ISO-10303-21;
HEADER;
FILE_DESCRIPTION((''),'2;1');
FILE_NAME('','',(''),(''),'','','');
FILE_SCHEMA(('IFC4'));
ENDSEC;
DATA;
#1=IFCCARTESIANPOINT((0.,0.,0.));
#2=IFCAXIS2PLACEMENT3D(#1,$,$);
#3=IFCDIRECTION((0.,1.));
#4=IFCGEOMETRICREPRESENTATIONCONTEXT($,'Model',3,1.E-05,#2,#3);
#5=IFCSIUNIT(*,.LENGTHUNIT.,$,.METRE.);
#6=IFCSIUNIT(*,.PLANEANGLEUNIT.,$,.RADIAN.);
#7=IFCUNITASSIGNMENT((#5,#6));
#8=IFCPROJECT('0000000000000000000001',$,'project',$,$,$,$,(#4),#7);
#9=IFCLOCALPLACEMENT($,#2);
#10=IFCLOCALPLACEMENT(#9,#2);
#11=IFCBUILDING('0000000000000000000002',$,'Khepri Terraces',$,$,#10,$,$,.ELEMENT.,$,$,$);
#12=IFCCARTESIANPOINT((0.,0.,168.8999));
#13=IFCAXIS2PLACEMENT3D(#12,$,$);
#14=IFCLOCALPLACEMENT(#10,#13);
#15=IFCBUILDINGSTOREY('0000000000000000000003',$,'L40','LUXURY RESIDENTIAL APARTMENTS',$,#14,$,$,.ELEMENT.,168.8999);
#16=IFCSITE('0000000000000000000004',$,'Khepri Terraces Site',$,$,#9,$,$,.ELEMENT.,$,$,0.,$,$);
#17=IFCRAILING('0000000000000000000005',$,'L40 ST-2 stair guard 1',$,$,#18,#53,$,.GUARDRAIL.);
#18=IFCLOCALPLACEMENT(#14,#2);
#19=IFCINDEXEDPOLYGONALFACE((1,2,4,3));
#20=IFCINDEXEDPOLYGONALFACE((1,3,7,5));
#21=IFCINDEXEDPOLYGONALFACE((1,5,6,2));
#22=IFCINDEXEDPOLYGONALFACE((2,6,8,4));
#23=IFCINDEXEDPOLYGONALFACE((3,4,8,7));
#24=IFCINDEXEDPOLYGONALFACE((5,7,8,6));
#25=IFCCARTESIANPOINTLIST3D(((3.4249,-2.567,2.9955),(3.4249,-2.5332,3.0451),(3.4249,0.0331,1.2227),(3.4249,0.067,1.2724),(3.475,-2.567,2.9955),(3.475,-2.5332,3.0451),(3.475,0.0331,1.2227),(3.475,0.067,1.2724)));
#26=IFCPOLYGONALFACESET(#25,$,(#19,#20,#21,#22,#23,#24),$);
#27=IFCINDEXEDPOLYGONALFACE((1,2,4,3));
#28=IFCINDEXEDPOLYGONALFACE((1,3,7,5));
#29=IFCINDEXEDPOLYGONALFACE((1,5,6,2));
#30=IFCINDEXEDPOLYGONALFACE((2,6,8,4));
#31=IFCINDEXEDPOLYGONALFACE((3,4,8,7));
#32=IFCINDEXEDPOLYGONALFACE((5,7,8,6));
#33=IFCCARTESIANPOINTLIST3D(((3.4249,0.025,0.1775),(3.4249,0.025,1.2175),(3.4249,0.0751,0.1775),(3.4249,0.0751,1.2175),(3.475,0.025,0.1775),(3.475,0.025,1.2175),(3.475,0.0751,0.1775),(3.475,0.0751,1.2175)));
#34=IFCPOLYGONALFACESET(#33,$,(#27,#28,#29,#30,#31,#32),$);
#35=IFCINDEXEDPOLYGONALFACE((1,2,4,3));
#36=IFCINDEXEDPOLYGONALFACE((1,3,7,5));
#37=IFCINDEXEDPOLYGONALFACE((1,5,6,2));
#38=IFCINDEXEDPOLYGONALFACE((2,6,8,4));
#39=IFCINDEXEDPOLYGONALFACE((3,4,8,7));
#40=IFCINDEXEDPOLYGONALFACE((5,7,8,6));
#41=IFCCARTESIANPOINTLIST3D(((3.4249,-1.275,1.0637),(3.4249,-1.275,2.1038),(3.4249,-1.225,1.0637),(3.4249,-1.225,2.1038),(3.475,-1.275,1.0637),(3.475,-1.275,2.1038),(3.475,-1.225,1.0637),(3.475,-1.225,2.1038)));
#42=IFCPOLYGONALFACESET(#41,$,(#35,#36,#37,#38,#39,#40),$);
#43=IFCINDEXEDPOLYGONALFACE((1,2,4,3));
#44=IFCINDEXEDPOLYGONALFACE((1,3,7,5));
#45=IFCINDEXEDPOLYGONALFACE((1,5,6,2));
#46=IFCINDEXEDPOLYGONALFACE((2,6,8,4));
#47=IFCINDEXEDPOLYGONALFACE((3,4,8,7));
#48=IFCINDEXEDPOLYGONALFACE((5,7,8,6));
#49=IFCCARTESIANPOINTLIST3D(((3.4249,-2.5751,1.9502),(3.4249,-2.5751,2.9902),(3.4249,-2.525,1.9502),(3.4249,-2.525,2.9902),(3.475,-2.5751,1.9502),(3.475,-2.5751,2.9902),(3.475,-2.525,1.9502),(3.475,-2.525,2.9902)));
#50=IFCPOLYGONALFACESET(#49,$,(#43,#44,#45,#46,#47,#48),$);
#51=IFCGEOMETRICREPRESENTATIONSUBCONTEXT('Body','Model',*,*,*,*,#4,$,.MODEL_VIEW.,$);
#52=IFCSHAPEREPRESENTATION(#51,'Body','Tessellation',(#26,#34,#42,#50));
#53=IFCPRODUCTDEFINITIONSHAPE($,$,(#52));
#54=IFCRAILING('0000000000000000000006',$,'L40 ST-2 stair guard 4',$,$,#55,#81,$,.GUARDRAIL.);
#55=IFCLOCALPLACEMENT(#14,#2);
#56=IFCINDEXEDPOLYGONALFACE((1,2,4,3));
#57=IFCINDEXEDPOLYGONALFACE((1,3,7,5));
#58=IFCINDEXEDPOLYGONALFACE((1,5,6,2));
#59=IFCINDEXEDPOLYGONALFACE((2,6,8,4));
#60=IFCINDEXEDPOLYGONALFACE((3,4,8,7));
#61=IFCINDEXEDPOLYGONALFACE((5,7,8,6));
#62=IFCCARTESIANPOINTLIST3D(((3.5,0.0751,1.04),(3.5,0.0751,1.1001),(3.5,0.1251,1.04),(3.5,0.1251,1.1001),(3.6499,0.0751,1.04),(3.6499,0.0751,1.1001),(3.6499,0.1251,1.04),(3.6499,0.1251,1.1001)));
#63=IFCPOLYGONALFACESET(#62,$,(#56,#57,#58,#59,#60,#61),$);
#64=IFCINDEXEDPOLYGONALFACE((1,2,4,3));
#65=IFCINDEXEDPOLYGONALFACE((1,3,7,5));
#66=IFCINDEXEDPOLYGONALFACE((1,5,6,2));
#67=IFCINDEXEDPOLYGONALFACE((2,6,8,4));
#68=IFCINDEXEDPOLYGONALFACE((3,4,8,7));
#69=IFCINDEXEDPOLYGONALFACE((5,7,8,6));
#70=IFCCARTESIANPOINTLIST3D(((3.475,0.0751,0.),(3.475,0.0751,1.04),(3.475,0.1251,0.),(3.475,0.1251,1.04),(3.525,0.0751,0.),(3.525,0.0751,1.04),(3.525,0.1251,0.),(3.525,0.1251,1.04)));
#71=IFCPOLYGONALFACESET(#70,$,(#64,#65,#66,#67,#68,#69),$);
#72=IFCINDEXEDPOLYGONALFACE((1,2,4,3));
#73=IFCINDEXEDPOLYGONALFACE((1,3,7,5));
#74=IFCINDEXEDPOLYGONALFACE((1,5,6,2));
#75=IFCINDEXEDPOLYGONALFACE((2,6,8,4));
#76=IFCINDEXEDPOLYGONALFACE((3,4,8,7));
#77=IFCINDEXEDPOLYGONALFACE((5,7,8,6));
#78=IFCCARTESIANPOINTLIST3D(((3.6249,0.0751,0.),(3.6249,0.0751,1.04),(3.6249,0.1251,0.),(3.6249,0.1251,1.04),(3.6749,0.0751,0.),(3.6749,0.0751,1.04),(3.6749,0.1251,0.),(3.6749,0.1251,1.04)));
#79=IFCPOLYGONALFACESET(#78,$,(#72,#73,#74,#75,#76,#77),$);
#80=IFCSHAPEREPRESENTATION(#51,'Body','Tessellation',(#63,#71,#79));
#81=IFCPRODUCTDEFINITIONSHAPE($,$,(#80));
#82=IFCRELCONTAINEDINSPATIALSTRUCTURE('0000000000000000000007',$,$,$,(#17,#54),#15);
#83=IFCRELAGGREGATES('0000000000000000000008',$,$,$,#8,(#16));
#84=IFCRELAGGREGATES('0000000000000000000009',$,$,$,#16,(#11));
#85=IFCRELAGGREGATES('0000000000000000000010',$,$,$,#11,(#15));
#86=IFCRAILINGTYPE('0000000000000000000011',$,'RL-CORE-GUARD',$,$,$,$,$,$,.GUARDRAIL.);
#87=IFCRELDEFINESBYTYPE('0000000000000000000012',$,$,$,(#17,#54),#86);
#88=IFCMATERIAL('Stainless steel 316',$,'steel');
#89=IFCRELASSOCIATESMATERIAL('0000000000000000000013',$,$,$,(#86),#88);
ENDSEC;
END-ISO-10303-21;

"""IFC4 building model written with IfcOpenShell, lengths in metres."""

from ifc_helpers import new_model, si_unit, direction, frame, origin, origin_2d, place, context, subcontext, project, spatial, rectangle, extrude, material, type_object, element, save


model = new_model("IFC4")

# Units and contexts
model_context = context("Model", 3, precision=1e-05, world=origin(), true_north=direction((0.0, 1.0)))
body_context = subcontext(model_context, "Body", "Model", "MODEL_VIEW")
ifc_project = project(units=[si_unit("LENGTHUNIT", "METRE"), si_unit("PLANEANGLEUNIT", "RADIAN")], contexts=[model_context])

# Site, building, storey
site_placement = place(None, origin())
site = spatial("IfcSite", under=ifc_project, at=site_placement, Name="Khepri Terraces Site", CompositionType="ELEMENT", RefElevation=0.0)
building_placement = place(site_placement, origin())
building = spatial("IfcBuilding", under=site, at=building_placement, Name="Khepri Terraces", CompositionType="ELEMENT")
storey_placement = place(building_placement, frame((0.0, 0.0, 168.8999)))
storey = spatial("IfcBuildingStorey", under=building, at=storey_placement, Name="L40", Description="LUXURY RESIDENTIAL APARTMENTS", CompositionType="ELEMENT", Elevation=168.8999)

# Railings
ifc_material_1 = material(Name="Stainless steel 316", Category="steel")
railing_type = type_object("IfcRailingType", Name="RL-CORE-GUARD", PredefinedType="GUARDRAIL", material=ifc_material_1)
railing_1_placement = place(storey_placement, frame((3.45, 0.05, 0.1775)))
element("IfcRailing", 1, at=railing_1_placement, inside=storey, type_object=railing_type, Name="L40 ST-2 stair guard 1", PredefinedType="GUARDRAIL", context=body_context, shape_type="SweptSolid", body=[
    extrude(rectangle(XDim=0.05, YDim=0.0601, at=origin_2d()), frame((0.0, 0.0, 1.0701), z_axis=(0.0, -0.82624, 0.563318), x_axis=(1.0, 0.0, 0.0)), (0.0, 0.0, 1.0), 3.147),
    extrude(rectangle(XDim=0.05, YDim=0.05, at=origin_2d()), origin(), (0.0, 0.0, 1.0), 1.04),
    extrude(rectangle(XDim=0.05, YDim=0.05, at=origin_2d()), frame((0.0, -1.3, 0.8862)), (0.0, 0.0, 1.0), 1.04),
    extrude(rectangle(XDim=0.05, YDim=0.05, at=origin_2d()), frame((0.0, -2.6001, 1.7727)), (0.0, 0.0, 1.0), 1.04),
])
railing_2_placement = place(storey_placement, frame((3.5, 0.1001, 0.0)))
element("IfcRailing", 2, at=railing_2_placement, inside=storey, type_object=railing_type, Name="L40 ST-2 stair guard 4", PredefinedType="GUARDRAIL", context=body_context, shape_type="SweptSolid", body=[
    extrude(rectangle(XDim=0.05, YDim=0.0601, at=origin_2d()), frame((0.0, 0.0, 1.0701), z_axis=(1.0, 0.0, 0.0), x_axis=(0.0, 1.0, 0.0)), (0.0, 0.0, 1.0), 0.1499),
    extrude(rectangle(XDim=0.05, YDim=0.05, at=origin_2d()), origin(), (0.0, 0.0, 1.0), 1.04),
    extrude(rectangle(XDim=0.05, YDim=0.05, at=origin_2d()), frame((0.1499, 0.0, 0.0)), (0.0, 0.0, 1.0), 1.04),
])

save(model, "model.ifc")
